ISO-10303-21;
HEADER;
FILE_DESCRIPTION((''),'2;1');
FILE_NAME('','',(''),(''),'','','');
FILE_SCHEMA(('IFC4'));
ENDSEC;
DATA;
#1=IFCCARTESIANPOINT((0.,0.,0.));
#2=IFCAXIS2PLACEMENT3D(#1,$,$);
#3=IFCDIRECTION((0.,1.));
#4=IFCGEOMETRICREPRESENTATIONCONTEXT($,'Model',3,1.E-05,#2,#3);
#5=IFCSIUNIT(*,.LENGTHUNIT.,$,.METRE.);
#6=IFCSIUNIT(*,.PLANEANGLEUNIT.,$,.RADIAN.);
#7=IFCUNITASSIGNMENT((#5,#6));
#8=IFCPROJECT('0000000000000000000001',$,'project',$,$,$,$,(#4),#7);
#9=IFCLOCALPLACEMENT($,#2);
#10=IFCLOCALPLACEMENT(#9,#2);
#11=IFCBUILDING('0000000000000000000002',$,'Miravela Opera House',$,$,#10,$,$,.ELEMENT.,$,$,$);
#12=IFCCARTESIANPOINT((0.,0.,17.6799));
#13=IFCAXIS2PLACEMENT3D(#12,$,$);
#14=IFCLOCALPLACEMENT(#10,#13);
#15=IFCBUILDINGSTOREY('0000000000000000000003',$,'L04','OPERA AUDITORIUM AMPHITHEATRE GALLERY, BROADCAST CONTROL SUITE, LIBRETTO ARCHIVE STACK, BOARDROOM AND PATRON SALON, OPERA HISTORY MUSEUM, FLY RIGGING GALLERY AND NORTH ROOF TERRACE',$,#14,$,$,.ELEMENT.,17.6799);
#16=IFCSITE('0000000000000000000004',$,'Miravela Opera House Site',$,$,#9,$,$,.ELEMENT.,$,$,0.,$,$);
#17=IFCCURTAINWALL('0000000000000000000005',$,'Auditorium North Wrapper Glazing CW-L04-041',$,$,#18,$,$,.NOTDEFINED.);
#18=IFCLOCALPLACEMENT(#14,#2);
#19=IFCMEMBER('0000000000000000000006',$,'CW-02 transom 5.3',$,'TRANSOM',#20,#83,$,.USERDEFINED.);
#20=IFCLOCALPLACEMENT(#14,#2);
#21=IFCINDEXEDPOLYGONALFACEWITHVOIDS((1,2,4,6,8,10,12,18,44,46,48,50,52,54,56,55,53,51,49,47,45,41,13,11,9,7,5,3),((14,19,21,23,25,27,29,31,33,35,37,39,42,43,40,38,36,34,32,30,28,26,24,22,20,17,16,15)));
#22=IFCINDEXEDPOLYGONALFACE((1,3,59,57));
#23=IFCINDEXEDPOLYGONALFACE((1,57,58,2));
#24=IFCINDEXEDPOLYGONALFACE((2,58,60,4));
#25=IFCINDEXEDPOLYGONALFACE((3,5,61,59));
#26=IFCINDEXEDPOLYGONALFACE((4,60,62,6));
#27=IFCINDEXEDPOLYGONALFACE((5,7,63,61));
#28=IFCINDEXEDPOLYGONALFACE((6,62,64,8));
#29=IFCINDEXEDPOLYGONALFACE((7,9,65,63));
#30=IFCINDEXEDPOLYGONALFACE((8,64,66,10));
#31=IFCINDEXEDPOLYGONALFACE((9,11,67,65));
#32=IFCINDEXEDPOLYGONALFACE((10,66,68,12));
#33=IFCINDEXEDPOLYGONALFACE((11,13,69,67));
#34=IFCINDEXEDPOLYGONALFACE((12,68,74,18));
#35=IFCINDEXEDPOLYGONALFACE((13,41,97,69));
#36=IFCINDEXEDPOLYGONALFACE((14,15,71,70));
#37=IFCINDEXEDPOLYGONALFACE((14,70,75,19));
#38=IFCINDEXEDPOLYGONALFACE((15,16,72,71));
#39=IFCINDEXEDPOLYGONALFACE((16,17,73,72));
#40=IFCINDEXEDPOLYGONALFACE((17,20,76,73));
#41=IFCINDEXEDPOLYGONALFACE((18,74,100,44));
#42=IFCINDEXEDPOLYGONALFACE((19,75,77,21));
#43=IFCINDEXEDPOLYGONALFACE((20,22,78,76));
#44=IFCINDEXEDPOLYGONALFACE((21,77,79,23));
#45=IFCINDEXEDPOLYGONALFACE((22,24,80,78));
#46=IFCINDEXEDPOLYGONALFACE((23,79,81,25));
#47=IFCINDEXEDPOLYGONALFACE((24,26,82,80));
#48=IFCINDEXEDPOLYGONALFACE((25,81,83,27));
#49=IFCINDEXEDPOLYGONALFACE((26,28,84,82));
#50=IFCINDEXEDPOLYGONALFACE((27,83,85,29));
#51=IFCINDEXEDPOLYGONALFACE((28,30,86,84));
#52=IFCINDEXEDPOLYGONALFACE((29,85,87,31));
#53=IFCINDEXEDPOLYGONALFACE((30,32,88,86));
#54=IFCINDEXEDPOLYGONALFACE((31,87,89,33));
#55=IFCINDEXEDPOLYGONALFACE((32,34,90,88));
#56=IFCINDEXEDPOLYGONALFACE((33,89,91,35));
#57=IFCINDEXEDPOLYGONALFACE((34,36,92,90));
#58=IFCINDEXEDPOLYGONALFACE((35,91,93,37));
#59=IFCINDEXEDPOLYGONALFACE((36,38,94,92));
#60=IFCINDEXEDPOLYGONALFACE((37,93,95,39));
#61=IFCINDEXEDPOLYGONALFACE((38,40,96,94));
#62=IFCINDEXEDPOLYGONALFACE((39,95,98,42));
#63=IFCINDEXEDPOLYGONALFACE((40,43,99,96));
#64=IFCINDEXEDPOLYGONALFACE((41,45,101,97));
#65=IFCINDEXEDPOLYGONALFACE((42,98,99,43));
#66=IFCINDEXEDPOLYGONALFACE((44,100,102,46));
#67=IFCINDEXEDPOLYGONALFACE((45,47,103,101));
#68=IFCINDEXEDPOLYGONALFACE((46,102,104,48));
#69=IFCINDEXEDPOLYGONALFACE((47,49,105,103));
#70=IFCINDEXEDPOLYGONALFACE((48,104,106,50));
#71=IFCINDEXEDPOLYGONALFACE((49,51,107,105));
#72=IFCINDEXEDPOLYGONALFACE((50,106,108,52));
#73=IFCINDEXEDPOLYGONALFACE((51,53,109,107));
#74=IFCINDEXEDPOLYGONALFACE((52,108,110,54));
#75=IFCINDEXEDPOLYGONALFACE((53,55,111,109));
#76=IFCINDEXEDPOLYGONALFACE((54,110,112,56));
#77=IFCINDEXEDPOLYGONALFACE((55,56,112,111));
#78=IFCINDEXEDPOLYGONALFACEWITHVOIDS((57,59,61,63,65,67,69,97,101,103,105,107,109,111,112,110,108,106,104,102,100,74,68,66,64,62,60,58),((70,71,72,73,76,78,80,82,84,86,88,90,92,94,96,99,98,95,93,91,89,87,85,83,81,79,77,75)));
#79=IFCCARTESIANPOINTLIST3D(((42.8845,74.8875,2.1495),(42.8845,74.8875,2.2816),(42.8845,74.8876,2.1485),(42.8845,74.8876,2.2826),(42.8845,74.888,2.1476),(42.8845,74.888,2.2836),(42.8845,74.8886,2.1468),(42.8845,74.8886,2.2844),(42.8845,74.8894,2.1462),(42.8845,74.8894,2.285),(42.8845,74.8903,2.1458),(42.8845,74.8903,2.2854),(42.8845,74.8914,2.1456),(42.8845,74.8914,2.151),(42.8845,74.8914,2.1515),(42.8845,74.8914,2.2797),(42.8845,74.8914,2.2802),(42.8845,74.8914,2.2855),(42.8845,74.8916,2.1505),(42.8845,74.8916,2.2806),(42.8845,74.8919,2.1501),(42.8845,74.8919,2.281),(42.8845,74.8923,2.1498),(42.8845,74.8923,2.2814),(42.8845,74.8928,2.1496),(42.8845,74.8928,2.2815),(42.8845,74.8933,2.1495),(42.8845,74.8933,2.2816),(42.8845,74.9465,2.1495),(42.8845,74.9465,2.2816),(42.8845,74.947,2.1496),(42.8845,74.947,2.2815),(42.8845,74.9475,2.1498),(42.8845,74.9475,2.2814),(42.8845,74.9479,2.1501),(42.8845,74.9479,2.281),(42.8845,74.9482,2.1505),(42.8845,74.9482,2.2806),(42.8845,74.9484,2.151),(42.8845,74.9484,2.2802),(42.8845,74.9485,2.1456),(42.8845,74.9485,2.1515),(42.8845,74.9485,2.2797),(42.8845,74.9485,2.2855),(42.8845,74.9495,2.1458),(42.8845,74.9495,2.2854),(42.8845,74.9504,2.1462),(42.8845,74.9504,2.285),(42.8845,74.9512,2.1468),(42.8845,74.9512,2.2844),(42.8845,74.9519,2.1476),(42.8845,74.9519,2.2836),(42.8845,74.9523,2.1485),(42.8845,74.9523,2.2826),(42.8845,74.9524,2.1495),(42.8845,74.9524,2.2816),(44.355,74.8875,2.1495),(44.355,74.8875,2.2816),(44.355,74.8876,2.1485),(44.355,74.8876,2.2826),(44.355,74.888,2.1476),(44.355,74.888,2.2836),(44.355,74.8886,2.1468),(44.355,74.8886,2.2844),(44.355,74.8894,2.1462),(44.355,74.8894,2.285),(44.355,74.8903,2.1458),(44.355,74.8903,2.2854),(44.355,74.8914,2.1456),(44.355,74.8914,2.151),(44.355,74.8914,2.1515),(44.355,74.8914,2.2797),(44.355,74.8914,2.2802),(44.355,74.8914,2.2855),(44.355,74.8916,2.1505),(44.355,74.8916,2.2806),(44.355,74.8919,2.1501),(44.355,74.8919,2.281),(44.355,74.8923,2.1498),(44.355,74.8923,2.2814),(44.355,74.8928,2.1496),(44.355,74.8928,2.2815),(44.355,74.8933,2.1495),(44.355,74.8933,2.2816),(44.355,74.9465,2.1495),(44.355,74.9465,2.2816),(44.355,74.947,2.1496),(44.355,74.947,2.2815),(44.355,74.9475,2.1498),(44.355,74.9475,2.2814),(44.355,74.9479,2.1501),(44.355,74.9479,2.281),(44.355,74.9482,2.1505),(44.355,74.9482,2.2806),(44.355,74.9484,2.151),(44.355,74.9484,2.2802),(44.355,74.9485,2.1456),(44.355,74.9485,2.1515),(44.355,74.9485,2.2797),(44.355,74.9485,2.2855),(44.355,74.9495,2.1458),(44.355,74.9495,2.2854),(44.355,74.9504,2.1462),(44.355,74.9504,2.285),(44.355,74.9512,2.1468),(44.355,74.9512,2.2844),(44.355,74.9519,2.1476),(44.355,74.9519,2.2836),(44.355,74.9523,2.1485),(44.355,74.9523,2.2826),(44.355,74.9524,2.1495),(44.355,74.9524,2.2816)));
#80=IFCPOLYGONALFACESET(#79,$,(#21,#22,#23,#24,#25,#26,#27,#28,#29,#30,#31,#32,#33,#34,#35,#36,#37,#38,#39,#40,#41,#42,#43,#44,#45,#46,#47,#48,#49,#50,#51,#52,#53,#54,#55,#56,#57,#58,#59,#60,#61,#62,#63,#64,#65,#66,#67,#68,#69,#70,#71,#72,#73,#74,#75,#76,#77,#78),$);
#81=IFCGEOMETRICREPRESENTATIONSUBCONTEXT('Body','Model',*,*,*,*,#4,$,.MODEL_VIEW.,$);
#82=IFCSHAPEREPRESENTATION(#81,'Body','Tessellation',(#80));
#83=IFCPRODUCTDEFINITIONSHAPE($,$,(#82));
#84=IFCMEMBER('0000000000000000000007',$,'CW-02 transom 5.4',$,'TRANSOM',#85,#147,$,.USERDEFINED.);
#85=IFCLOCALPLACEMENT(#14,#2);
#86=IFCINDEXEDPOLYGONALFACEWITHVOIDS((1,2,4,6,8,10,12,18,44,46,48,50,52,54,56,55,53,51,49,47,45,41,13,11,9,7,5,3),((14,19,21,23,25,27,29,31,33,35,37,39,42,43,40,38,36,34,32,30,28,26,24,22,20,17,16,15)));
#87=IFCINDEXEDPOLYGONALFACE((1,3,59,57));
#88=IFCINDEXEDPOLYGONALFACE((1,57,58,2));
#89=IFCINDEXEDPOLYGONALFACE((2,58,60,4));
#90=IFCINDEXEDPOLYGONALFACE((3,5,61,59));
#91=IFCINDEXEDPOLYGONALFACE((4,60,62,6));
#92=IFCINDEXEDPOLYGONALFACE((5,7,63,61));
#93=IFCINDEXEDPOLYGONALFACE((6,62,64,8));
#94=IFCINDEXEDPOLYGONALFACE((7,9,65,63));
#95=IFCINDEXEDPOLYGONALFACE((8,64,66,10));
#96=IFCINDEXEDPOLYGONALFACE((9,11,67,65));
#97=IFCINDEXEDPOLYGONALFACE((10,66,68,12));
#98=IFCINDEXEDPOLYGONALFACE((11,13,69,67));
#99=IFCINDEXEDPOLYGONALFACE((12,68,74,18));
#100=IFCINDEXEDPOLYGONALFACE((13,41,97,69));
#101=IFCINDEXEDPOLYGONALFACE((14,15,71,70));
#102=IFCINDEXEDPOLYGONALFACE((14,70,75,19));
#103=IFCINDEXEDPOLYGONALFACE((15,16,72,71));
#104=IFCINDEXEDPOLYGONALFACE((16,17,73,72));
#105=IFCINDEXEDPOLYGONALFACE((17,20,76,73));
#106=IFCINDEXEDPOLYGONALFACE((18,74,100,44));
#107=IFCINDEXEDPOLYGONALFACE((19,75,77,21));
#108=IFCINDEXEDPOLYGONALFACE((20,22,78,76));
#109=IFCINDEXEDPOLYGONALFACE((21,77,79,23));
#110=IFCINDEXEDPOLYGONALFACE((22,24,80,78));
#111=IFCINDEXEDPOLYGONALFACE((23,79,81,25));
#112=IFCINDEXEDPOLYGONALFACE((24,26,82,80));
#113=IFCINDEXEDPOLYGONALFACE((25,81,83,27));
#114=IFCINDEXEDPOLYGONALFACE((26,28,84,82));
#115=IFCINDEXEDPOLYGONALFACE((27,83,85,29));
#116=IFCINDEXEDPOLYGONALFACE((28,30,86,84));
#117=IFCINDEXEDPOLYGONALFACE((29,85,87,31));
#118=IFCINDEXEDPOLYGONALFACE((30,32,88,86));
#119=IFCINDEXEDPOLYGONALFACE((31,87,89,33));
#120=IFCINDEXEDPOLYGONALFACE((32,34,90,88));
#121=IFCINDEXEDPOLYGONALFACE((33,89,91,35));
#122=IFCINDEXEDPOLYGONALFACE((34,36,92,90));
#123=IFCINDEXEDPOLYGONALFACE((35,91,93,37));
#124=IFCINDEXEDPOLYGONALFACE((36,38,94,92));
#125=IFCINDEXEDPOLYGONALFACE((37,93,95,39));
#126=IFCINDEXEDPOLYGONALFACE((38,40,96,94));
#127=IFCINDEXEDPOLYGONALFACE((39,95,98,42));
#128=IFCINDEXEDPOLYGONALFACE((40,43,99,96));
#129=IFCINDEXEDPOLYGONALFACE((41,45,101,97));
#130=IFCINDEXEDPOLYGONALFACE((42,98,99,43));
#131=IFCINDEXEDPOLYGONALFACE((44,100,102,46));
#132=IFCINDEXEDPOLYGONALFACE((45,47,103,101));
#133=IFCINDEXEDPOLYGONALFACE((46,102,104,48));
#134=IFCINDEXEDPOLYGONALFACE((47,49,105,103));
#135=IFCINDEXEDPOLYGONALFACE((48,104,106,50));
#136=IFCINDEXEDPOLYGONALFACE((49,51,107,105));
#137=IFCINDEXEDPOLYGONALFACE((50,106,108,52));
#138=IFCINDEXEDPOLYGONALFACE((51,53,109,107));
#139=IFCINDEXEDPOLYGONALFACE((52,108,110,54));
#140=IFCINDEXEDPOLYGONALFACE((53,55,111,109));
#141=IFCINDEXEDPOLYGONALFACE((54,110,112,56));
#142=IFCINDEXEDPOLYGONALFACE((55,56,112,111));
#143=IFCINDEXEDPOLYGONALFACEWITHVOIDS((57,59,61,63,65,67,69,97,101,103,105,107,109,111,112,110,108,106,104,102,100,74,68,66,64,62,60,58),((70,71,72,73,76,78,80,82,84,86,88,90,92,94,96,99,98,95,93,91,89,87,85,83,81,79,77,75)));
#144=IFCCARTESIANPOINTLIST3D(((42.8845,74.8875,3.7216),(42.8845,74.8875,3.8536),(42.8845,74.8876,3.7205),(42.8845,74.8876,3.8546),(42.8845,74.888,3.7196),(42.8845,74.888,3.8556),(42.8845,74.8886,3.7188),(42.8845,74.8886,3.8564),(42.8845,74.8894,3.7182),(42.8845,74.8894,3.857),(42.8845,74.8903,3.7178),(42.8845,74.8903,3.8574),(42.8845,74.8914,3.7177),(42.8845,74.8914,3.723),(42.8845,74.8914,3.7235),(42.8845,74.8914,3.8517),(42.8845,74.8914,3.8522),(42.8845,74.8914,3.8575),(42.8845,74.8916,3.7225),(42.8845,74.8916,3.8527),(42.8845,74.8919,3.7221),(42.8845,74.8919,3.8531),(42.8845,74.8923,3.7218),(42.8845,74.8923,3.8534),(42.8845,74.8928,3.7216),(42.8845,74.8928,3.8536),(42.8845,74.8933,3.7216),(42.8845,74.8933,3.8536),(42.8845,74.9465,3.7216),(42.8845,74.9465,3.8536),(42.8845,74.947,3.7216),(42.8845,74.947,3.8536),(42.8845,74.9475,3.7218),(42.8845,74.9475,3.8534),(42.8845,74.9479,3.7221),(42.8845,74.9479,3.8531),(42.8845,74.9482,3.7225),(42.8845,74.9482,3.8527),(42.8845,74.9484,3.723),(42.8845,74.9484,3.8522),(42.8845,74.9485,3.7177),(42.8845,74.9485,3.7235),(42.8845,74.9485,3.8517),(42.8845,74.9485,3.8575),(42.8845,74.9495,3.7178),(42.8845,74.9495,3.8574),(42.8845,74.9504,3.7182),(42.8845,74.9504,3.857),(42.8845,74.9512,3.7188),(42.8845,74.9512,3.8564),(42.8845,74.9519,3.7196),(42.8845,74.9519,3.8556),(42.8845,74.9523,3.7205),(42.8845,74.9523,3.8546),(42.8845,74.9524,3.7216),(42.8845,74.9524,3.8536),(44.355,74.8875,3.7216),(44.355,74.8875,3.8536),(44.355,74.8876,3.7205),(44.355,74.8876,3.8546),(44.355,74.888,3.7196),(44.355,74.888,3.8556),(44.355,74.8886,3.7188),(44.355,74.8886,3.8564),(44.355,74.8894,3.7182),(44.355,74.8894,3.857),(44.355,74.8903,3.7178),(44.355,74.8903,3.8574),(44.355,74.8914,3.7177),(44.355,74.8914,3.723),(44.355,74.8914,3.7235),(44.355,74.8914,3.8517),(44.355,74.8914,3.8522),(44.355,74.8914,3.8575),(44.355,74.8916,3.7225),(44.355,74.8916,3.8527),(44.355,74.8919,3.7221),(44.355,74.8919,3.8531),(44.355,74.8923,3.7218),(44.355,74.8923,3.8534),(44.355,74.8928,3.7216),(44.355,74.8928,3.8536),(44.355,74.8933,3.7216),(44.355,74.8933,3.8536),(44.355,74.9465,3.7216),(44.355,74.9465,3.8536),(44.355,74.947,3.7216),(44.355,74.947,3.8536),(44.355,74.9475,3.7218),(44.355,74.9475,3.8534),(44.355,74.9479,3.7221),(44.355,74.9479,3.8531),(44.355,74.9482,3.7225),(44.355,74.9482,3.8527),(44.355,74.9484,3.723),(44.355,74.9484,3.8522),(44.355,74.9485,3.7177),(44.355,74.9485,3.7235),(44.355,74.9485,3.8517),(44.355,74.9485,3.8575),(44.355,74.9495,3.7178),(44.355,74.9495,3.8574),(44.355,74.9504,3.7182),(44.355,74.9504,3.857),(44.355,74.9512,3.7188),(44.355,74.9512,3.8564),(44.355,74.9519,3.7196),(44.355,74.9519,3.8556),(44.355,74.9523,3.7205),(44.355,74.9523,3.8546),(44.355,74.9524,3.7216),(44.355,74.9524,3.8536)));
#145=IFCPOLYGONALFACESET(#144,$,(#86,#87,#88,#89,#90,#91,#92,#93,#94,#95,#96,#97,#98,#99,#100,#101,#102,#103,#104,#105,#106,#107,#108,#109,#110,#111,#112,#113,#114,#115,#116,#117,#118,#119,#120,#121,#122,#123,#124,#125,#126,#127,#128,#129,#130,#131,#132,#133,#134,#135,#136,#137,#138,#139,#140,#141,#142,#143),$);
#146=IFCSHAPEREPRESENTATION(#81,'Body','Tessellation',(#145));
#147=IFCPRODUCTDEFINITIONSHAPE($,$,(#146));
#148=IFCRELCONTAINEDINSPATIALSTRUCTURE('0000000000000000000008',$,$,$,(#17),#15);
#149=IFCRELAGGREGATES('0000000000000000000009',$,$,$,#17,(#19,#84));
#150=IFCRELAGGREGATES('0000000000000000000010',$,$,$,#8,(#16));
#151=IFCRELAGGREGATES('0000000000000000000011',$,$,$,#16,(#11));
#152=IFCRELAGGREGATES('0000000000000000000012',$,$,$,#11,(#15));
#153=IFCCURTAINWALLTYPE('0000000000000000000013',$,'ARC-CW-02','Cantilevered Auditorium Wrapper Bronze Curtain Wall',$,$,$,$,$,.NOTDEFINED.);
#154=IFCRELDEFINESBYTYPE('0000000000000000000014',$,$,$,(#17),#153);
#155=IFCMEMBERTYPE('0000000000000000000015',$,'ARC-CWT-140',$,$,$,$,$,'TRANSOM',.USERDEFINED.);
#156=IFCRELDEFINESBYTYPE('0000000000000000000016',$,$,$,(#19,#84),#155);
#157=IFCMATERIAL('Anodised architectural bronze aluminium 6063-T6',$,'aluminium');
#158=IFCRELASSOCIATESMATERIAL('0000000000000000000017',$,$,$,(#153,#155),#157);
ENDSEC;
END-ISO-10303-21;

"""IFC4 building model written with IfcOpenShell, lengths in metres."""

from ifc_helpers import new_model, si_unit, direction, frame, origin, origin_2d, place, context, subcontext, project, spatial, hollow_rectangle, extrude, material, material_profile, profile_set, type_object, element, aggregate, save


model = new_model("IFC4")

# Units and contexts
model_context = context("Model", 3, precision=1e-05, world=origin(), true_north=direction((0.0, 1.0)))
body_context = subcontext(model_context, "Body", "Model", "MODEL_VIEW")
ifc_project = project(units=[si_unit("LENGTHUNIT", "METRE"), si_unit("PLANEANGLEUNIT", "RADIAN")], contexts=[model_context])

# Site, building, storey
site_placement = place(None, origin())
site = spatial("IfcSite", under=ifc_project, at=site_placement, Name="Miravela Opera House Site", CompositionType="ELEMENT", RefElevation=0.0)
building_placement = place(site_placement, origin())
building = spatial("IfcBuilding", under=site, at=building_placement, Name="Miravela Opera House", CompositionType="ELEMENT")
storey_placement = place(building_placement, frame((0.0, 0.0, 17.6799)))
storey = spatial("IfcBuildingStorey", under=building, at=storey_placement, Name="L04", Description="OPERA AUDITORIUM AMPHITHEATRE GALLERY, BROADCAST CONTROL SUITE, LIBRETTO ARCHIVE STACK, BOARDROOM AND PATRON SALON, OPERA HISTORY MUSEUM, FLY RIGGING GALLERY AND NORTH ROOF TERRACE", CompositionType="ELEMENT", Elevation=17.6799)

# Curtain wall
ifc_material_1 = material(Name="Anodised architectural bronze aluminium 6063-T6", Category="aluminium")
curtain_wall_type = type_object("IfcCurtainWallType", Name="ARC-CW-02", Description="Cantilevered Auditorium Wrapper Bronze Curtain Wall", PredefinedType="NOTDEFINED", material=ifc_material_1)
curtain_wall_1_placement = place(storey_placement, origin())
curtain_wall_1 = element("IfcCurtainWall", 1, at=curtain_wall_1_placement, inside=storey, type_object=curtain_wall_type, Name="Auditorium North Wrapper Glazing CW-L04-041", PredefinedType="NOTDEFINED")

# Members
ifc_material_profile_1 = material_profile(ifc_material_1, hollow_rectangle(XDim=0.0649, YDim=0.1399, WallThickness=0.0039, InnerFilletRadius=0.002, OuterFilletRadius=0.0039, at=origin_2d()), Name="CWT-65X140")
ifc_profile_set_1 = profile_set([ifc_material_profile_1])
member_type_1 = type_object("IfcMemberType", Name="ARC-CWT-140", ElementType="TRANSOM", PredefinedType="USERDEFINED", material=ifc_profile_set_1)
member_1_placement = place(storey_placement, frame((42.8845, 74.9199, 2.2156), z_axis=(1.0, 0.0, 0.0), x_axis=(0.0, 1.0, 0.0)))
member_1 = element("IfcMember", 2, at=member_1_placement, type_object=member_type_1, Name="CW-02 transom 5.3", ObjectType="TRANSOM", PredefinedType="USERDEFINED", context=body_context, shape_type="SweptSolid", body=[
    extrude(hollow_rectangle(XDim=0.0649, YDim=0.1399, WallThickness=0.0039, InnerFilletRadius=0.002, OuterFilletRadius=0.0039, at=origin_2d()), origin(), (0.0, 0.0, 1.0), 1.4705),
])
member_2_placement = place(storey_placement, frame((42.8845, 74.9199, 3.7876), z_axis=(1.0, 0.0, 0.0), x_axis=(0.0, 1.0, 0.0)))
member_2 = element("IfcMember", 3, at=member_2_placement, type_object=member_type_1, Name="CW-02 transom 5.4", ObjectType="TRANSOM", PredefinedType="USERDEFINED", context=body_context, shape_type="SweptSolid", body=[
    extrude(hollow_rectangle(XDim=0.0649, YDim=0.1399, WallThickness=0.0039, InnerFilletRadius=0.002, OuterFilletRadius=0.0039, at=origin_2d()), origin(), (0.0, 0.0, 1.0), 1.4705),
])

aggregate(curtain_wall_1, [member_1, member_2])

save(model, "model.ifc")
